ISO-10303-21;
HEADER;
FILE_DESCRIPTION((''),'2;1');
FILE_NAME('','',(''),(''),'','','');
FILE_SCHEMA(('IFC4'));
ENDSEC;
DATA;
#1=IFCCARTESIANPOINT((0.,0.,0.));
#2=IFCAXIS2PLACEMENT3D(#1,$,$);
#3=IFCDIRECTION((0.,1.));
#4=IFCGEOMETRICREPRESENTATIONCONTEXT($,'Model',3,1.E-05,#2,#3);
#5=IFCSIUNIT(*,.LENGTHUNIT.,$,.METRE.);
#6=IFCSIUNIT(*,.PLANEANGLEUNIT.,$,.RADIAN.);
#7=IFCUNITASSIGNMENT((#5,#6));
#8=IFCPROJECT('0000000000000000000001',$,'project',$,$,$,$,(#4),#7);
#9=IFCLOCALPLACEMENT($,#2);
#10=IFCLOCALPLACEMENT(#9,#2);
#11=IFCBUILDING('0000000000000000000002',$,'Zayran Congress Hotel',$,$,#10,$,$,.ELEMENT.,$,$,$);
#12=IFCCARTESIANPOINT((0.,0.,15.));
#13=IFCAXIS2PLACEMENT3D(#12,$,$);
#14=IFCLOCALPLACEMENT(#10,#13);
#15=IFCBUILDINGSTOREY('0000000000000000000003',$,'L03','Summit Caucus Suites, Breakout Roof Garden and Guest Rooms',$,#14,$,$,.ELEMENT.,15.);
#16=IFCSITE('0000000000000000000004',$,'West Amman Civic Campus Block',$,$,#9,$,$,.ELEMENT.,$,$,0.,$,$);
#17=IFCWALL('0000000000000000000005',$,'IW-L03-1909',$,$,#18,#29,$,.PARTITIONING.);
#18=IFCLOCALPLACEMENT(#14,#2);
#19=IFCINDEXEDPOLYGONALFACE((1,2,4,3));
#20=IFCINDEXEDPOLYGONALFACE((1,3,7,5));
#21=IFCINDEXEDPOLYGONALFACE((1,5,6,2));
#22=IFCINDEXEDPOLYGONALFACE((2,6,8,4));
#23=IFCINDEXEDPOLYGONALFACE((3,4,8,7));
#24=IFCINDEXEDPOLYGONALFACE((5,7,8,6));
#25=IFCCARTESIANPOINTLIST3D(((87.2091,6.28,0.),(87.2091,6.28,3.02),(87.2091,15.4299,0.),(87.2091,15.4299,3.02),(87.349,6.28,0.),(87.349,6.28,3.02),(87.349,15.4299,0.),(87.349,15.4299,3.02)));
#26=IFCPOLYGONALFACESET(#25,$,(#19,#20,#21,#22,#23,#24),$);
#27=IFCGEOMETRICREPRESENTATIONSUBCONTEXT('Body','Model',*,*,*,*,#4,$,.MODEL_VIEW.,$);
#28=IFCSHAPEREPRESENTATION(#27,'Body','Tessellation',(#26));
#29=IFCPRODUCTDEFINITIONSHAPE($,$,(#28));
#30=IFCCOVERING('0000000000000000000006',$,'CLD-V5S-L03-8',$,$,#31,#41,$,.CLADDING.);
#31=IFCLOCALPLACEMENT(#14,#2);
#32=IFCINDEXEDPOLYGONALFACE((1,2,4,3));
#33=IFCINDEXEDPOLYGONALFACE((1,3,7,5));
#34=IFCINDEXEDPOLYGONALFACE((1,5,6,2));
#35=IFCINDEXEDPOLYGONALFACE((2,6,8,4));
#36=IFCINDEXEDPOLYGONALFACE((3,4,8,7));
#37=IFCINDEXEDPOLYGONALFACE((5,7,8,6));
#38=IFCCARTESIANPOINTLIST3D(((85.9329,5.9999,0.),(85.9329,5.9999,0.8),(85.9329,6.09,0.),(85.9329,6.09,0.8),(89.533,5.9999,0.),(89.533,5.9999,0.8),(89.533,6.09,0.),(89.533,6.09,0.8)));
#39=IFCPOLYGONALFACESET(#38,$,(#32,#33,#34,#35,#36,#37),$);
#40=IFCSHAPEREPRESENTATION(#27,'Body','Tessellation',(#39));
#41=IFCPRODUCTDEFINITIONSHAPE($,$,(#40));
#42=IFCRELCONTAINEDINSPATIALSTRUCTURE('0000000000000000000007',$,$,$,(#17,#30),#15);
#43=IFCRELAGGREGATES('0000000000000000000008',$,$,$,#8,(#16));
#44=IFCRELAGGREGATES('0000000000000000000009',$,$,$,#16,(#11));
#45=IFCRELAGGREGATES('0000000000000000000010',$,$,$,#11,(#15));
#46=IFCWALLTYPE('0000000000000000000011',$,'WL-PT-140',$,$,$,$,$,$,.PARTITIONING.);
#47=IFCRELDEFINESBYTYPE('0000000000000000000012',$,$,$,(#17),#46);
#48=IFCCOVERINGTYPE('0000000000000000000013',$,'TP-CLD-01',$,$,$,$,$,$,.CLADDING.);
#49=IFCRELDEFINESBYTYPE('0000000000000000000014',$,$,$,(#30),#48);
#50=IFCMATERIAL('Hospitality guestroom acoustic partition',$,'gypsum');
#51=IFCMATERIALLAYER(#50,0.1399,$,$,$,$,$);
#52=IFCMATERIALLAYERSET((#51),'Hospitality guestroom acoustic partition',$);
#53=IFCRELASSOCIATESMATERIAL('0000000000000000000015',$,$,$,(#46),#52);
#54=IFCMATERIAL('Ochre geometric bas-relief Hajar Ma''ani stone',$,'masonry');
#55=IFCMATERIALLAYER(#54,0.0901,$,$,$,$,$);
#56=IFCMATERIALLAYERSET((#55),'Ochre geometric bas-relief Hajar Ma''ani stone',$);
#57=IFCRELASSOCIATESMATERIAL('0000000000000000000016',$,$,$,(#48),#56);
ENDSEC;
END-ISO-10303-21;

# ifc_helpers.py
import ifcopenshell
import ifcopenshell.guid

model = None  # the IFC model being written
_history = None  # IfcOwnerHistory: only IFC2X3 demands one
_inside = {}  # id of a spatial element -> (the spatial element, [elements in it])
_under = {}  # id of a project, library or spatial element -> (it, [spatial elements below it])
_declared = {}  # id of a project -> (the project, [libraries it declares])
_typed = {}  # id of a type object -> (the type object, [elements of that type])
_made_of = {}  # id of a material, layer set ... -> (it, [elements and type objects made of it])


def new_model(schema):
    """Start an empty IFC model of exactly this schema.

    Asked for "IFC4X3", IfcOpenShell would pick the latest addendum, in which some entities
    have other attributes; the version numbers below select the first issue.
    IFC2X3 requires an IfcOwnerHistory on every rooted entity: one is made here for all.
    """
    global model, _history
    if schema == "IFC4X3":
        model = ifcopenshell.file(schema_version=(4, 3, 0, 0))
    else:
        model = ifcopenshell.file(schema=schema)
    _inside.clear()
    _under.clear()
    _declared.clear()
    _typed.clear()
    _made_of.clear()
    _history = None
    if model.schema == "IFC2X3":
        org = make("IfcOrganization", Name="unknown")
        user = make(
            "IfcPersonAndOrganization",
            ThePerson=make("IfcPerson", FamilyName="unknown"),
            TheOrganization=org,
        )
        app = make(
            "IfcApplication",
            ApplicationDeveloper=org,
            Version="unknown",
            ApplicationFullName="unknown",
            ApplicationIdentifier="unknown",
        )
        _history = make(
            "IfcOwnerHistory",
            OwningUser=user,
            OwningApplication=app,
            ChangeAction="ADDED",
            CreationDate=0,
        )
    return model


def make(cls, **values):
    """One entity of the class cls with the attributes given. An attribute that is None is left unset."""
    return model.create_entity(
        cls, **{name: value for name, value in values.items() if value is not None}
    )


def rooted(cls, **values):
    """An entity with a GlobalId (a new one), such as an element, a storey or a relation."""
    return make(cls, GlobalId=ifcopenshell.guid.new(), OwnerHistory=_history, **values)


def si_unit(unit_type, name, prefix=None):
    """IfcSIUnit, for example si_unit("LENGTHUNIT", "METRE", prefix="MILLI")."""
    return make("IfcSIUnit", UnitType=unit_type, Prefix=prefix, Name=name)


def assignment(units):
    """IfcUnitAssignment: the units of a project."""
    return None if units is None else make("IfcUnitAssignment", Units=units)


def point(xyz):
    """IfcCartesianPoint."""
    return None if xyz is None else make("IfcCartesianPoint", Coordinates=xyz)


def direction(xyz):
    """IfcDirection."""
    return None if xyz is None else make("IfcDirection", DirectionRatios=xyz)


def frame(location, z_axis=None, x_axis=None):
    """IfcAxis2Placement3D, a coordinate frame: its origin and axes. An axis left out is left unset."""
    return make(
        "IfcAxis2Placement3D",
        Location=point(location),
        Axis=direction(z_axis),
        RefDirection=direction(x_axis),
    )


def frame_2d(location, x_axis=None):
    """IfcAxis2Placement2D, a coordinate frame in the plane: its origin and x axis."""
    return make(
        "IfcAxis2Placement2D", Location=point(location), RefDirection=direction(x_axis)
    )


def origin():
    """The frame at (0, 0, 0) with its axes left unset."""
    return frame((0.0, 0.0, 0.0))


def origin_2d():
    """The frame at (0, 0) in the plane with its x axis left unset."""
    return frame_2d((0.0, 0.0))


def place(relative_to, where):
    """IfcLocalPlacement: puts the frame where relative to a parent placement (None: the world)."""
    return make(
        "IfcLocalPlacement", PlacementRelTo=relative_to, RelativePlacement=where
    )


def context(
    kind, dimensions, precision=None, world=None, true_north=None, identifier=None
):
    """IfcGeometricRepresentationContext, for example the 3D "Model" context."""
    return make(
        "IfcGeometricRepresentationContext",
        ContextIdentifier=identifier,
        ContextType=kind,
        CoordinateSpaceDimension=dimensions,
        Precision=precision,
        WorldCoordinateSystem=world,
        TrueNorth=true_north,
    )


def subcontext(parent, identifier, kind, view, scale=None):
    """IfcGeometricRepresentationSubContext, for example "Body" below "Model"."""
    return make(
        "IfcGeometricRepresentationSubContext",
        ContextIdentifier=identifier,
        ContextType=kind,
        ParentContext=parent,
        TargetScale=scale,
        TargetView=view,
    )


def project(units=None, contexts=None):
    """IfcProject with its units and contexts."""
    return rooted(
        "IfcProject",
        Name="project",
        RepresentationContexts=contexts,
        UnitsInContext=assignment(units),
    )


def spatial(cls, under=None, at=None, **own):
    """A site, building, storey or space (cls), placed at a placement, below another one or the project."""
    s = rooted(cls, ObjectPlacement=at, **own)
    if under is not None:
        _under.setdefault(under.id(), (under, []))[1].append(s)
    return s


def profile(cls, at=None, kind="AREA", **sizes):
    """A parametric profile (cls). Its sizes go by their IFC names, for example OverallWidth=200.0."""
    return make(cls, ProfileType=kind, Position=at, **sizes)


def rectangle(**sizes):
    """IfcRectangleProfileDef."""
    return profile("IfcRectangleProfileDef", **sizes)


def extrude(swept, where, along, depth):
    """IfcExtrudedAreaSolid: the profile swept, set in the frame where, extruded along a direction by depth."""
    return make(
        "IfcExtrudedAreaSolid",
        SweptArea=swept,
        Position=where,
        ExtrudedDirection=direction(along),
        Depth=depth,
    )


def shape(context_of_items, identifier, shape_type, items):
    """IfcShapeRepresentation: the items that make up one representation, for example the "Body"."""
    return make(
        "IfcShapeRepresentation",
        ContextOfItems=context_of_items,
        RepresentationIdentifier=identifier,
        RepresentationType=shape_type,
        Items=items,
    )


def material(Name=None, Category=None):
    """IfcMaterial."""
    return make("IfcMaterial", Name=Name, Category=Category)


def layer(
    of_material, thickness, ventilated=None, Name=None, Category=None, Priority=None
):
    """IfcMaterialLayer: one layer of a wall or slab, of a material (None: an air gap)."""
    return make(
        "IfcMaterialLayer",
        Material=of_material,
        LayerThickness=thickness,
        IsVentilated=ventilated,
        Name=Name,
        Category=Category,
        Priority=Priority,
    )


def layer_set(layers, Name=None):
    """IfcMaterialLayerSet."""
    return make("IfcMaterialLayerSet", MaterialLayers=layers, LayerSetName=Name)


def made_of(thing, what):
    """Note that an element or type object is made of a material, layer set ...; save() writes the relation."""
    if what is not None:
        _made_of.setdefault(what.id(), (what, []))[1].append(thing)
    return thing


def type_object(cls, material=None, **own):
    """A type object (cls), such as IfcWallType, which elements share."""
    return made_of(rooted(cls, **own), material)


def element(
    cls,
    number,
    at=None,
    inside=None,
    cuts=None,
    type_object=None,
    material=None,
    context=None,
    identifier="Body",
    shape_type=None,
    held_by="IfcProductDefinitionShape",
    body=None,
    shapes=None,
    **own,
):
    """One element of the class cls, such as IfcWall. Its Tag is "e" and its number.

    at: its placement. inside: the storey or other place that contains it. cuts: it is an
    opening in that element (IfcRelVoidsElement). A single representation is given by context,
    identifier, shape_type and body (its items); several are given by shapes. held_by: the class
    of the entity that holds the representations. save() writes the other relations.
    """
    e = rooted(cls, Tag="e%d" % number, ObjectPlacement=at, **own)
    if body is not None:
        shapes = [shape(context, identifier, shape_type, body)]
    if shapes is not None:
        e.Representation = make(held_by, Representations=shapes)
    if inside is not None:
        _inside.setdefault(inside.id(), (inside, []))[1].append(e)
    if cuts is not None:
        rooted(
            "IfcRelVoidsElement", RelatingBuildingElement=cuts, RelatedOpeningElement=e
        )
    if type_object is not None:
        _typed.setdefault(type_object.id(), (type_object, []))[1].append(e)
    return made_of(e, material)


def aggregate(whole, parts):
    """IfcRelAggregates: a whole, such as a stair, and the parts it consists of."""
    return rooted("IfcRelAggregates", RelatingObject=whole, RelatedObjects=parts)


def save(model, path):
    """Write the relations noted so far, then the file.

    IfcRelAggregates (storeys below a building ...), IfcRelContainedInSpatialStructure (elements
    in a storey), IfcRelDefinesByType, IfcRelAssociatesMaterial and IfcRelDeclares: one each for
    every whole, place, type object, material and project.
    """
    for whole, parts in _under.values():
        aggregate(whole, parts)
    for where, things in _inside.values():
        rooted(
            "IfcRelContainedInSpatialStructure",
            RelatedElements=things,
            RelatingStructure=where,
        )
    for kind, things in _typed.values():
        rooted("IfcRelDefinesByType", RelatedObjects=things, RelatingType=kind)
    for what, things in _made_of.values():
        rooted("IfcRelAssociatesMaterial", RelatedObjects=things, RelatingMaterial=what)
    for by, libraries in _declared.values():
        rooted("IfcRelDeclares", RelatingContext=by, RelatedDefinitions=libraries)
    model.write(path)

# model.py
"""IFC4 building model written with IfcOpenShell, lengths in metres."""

from ifc_helpers import new_model, si_unit, direction, frame, frame_2d, origin, origin_2d, place, context, subcontext, project, spatial, rectangle, extrude, material, layer, layer_set, type_object, element, save


model = new_model("IFC4")

# Units and contexts
model_context = context("Model", 3, precision=1e-05, world=origin(), true_north=direction((0.0, 1.0)))
body_context = subcontext(model_context, "Body", "Model", "MODEL_VIEW")
ifc_project = project(units=[si_unit("LENGTHUNIT", "METRE"), si_unit("PLANEANGLEUNIT", "RADIAN")], contexts=[model_context])

# Site, building, storey
site_placement = place(None, origin())
site = spatial("IfcSite", under=ifc_project, at=site_placement, Name="West Amman Civic Campus Block", CompositionType="ELEMENT", RefElevation=0.0)
building_placement = place(site_placement, origin())
building = spatial("IfcBuilding", under=site, at=building_placement, Name="Zayran Congress Hotel", CompositionType="ELEMENT")
storey_placement = place(building_placement, frame((0.0, 0.0, 15.0)))
storey = spatial("IfcBuildingStorey", under=building, at=storey_placement, Name="L03", Description="Summit Caucus Suites, Breakout Roof Garden and Guest Rooms", CompositionType="ELEMENT", Elevation=15.0)

# Shared definitions
ifc_material_1 = material(Name="Hospitality guestroom acoustic partition", Category="gypsum")
ifc_layer_1 = layer(ifc_material_1, 0.1399)
ifc_layer_set_1 = layer_set([ifc_layer_1], Name="Hospitality guestroom acoustic partition")
wall_type_1 = type_object("IfcWallType", Name="WL-PT-140", PredefinedType="PARTITIONING", material=ifc_layer_set_1)

# Wall
wall_1_placement = place(storey_placement, frame((87.2791, 6.28, 0.0), z_axis=(0.0, 0.0, 1.0), x_axis=(0.0, 1.0, 0.0)))
element("IfcWall", 1, at=wall_1_placement, inside=storey, type_object=wall_type_1, Name="IW-L03-1909", PredefinedType="PARTITIONING", context=body_context, shape_type="SweptSolid", body=[
    extrude(rectangle(XDim=9.1499, YDim=0.1399, at=frame_2d((4.575, 0.0))), origin(), (0.0, 0.0, 1.0), 3.02),
])

# Covering
ifc_material_2 = material(Name="Ochre geometric bas-relief Hajar Ma'ani stone", Category="masonry")
ifc_layer_2 = layer(ifc_material_2, 0.0901)
ifc_layer_set_2 = layer_set([ifc_layer_2], Name="Ochre geometric bas-relief Hajar Ma'ani stone")
covering_type = type_object("IfcCoveringType", Name="TP-CLD-01", PredefinedType="CLADDING", material=ifc_layer_set_2)
covering_placement = place(storey_placement, frame((87.7329, 6.0449, 0.0), z_axis=(0.0, 0.0, 1.0), x_axis=(1.0, 0.0, 0.0)))
element("IfcCovering", 2, at=covering_placement, inside=storey, type_object=covering_type, Name="CLD-V5S-L03-8", PredefinedType="CLADDING", context=body_context, shape_type="SweptSolid", body=[
    extrude(rectangle(XDim=3.6001, YDim=0.0901, at=origin_2d()), origin(), (0.0, 0.0, 1.0), 0.8),
])

save(model, "model.ifc")
